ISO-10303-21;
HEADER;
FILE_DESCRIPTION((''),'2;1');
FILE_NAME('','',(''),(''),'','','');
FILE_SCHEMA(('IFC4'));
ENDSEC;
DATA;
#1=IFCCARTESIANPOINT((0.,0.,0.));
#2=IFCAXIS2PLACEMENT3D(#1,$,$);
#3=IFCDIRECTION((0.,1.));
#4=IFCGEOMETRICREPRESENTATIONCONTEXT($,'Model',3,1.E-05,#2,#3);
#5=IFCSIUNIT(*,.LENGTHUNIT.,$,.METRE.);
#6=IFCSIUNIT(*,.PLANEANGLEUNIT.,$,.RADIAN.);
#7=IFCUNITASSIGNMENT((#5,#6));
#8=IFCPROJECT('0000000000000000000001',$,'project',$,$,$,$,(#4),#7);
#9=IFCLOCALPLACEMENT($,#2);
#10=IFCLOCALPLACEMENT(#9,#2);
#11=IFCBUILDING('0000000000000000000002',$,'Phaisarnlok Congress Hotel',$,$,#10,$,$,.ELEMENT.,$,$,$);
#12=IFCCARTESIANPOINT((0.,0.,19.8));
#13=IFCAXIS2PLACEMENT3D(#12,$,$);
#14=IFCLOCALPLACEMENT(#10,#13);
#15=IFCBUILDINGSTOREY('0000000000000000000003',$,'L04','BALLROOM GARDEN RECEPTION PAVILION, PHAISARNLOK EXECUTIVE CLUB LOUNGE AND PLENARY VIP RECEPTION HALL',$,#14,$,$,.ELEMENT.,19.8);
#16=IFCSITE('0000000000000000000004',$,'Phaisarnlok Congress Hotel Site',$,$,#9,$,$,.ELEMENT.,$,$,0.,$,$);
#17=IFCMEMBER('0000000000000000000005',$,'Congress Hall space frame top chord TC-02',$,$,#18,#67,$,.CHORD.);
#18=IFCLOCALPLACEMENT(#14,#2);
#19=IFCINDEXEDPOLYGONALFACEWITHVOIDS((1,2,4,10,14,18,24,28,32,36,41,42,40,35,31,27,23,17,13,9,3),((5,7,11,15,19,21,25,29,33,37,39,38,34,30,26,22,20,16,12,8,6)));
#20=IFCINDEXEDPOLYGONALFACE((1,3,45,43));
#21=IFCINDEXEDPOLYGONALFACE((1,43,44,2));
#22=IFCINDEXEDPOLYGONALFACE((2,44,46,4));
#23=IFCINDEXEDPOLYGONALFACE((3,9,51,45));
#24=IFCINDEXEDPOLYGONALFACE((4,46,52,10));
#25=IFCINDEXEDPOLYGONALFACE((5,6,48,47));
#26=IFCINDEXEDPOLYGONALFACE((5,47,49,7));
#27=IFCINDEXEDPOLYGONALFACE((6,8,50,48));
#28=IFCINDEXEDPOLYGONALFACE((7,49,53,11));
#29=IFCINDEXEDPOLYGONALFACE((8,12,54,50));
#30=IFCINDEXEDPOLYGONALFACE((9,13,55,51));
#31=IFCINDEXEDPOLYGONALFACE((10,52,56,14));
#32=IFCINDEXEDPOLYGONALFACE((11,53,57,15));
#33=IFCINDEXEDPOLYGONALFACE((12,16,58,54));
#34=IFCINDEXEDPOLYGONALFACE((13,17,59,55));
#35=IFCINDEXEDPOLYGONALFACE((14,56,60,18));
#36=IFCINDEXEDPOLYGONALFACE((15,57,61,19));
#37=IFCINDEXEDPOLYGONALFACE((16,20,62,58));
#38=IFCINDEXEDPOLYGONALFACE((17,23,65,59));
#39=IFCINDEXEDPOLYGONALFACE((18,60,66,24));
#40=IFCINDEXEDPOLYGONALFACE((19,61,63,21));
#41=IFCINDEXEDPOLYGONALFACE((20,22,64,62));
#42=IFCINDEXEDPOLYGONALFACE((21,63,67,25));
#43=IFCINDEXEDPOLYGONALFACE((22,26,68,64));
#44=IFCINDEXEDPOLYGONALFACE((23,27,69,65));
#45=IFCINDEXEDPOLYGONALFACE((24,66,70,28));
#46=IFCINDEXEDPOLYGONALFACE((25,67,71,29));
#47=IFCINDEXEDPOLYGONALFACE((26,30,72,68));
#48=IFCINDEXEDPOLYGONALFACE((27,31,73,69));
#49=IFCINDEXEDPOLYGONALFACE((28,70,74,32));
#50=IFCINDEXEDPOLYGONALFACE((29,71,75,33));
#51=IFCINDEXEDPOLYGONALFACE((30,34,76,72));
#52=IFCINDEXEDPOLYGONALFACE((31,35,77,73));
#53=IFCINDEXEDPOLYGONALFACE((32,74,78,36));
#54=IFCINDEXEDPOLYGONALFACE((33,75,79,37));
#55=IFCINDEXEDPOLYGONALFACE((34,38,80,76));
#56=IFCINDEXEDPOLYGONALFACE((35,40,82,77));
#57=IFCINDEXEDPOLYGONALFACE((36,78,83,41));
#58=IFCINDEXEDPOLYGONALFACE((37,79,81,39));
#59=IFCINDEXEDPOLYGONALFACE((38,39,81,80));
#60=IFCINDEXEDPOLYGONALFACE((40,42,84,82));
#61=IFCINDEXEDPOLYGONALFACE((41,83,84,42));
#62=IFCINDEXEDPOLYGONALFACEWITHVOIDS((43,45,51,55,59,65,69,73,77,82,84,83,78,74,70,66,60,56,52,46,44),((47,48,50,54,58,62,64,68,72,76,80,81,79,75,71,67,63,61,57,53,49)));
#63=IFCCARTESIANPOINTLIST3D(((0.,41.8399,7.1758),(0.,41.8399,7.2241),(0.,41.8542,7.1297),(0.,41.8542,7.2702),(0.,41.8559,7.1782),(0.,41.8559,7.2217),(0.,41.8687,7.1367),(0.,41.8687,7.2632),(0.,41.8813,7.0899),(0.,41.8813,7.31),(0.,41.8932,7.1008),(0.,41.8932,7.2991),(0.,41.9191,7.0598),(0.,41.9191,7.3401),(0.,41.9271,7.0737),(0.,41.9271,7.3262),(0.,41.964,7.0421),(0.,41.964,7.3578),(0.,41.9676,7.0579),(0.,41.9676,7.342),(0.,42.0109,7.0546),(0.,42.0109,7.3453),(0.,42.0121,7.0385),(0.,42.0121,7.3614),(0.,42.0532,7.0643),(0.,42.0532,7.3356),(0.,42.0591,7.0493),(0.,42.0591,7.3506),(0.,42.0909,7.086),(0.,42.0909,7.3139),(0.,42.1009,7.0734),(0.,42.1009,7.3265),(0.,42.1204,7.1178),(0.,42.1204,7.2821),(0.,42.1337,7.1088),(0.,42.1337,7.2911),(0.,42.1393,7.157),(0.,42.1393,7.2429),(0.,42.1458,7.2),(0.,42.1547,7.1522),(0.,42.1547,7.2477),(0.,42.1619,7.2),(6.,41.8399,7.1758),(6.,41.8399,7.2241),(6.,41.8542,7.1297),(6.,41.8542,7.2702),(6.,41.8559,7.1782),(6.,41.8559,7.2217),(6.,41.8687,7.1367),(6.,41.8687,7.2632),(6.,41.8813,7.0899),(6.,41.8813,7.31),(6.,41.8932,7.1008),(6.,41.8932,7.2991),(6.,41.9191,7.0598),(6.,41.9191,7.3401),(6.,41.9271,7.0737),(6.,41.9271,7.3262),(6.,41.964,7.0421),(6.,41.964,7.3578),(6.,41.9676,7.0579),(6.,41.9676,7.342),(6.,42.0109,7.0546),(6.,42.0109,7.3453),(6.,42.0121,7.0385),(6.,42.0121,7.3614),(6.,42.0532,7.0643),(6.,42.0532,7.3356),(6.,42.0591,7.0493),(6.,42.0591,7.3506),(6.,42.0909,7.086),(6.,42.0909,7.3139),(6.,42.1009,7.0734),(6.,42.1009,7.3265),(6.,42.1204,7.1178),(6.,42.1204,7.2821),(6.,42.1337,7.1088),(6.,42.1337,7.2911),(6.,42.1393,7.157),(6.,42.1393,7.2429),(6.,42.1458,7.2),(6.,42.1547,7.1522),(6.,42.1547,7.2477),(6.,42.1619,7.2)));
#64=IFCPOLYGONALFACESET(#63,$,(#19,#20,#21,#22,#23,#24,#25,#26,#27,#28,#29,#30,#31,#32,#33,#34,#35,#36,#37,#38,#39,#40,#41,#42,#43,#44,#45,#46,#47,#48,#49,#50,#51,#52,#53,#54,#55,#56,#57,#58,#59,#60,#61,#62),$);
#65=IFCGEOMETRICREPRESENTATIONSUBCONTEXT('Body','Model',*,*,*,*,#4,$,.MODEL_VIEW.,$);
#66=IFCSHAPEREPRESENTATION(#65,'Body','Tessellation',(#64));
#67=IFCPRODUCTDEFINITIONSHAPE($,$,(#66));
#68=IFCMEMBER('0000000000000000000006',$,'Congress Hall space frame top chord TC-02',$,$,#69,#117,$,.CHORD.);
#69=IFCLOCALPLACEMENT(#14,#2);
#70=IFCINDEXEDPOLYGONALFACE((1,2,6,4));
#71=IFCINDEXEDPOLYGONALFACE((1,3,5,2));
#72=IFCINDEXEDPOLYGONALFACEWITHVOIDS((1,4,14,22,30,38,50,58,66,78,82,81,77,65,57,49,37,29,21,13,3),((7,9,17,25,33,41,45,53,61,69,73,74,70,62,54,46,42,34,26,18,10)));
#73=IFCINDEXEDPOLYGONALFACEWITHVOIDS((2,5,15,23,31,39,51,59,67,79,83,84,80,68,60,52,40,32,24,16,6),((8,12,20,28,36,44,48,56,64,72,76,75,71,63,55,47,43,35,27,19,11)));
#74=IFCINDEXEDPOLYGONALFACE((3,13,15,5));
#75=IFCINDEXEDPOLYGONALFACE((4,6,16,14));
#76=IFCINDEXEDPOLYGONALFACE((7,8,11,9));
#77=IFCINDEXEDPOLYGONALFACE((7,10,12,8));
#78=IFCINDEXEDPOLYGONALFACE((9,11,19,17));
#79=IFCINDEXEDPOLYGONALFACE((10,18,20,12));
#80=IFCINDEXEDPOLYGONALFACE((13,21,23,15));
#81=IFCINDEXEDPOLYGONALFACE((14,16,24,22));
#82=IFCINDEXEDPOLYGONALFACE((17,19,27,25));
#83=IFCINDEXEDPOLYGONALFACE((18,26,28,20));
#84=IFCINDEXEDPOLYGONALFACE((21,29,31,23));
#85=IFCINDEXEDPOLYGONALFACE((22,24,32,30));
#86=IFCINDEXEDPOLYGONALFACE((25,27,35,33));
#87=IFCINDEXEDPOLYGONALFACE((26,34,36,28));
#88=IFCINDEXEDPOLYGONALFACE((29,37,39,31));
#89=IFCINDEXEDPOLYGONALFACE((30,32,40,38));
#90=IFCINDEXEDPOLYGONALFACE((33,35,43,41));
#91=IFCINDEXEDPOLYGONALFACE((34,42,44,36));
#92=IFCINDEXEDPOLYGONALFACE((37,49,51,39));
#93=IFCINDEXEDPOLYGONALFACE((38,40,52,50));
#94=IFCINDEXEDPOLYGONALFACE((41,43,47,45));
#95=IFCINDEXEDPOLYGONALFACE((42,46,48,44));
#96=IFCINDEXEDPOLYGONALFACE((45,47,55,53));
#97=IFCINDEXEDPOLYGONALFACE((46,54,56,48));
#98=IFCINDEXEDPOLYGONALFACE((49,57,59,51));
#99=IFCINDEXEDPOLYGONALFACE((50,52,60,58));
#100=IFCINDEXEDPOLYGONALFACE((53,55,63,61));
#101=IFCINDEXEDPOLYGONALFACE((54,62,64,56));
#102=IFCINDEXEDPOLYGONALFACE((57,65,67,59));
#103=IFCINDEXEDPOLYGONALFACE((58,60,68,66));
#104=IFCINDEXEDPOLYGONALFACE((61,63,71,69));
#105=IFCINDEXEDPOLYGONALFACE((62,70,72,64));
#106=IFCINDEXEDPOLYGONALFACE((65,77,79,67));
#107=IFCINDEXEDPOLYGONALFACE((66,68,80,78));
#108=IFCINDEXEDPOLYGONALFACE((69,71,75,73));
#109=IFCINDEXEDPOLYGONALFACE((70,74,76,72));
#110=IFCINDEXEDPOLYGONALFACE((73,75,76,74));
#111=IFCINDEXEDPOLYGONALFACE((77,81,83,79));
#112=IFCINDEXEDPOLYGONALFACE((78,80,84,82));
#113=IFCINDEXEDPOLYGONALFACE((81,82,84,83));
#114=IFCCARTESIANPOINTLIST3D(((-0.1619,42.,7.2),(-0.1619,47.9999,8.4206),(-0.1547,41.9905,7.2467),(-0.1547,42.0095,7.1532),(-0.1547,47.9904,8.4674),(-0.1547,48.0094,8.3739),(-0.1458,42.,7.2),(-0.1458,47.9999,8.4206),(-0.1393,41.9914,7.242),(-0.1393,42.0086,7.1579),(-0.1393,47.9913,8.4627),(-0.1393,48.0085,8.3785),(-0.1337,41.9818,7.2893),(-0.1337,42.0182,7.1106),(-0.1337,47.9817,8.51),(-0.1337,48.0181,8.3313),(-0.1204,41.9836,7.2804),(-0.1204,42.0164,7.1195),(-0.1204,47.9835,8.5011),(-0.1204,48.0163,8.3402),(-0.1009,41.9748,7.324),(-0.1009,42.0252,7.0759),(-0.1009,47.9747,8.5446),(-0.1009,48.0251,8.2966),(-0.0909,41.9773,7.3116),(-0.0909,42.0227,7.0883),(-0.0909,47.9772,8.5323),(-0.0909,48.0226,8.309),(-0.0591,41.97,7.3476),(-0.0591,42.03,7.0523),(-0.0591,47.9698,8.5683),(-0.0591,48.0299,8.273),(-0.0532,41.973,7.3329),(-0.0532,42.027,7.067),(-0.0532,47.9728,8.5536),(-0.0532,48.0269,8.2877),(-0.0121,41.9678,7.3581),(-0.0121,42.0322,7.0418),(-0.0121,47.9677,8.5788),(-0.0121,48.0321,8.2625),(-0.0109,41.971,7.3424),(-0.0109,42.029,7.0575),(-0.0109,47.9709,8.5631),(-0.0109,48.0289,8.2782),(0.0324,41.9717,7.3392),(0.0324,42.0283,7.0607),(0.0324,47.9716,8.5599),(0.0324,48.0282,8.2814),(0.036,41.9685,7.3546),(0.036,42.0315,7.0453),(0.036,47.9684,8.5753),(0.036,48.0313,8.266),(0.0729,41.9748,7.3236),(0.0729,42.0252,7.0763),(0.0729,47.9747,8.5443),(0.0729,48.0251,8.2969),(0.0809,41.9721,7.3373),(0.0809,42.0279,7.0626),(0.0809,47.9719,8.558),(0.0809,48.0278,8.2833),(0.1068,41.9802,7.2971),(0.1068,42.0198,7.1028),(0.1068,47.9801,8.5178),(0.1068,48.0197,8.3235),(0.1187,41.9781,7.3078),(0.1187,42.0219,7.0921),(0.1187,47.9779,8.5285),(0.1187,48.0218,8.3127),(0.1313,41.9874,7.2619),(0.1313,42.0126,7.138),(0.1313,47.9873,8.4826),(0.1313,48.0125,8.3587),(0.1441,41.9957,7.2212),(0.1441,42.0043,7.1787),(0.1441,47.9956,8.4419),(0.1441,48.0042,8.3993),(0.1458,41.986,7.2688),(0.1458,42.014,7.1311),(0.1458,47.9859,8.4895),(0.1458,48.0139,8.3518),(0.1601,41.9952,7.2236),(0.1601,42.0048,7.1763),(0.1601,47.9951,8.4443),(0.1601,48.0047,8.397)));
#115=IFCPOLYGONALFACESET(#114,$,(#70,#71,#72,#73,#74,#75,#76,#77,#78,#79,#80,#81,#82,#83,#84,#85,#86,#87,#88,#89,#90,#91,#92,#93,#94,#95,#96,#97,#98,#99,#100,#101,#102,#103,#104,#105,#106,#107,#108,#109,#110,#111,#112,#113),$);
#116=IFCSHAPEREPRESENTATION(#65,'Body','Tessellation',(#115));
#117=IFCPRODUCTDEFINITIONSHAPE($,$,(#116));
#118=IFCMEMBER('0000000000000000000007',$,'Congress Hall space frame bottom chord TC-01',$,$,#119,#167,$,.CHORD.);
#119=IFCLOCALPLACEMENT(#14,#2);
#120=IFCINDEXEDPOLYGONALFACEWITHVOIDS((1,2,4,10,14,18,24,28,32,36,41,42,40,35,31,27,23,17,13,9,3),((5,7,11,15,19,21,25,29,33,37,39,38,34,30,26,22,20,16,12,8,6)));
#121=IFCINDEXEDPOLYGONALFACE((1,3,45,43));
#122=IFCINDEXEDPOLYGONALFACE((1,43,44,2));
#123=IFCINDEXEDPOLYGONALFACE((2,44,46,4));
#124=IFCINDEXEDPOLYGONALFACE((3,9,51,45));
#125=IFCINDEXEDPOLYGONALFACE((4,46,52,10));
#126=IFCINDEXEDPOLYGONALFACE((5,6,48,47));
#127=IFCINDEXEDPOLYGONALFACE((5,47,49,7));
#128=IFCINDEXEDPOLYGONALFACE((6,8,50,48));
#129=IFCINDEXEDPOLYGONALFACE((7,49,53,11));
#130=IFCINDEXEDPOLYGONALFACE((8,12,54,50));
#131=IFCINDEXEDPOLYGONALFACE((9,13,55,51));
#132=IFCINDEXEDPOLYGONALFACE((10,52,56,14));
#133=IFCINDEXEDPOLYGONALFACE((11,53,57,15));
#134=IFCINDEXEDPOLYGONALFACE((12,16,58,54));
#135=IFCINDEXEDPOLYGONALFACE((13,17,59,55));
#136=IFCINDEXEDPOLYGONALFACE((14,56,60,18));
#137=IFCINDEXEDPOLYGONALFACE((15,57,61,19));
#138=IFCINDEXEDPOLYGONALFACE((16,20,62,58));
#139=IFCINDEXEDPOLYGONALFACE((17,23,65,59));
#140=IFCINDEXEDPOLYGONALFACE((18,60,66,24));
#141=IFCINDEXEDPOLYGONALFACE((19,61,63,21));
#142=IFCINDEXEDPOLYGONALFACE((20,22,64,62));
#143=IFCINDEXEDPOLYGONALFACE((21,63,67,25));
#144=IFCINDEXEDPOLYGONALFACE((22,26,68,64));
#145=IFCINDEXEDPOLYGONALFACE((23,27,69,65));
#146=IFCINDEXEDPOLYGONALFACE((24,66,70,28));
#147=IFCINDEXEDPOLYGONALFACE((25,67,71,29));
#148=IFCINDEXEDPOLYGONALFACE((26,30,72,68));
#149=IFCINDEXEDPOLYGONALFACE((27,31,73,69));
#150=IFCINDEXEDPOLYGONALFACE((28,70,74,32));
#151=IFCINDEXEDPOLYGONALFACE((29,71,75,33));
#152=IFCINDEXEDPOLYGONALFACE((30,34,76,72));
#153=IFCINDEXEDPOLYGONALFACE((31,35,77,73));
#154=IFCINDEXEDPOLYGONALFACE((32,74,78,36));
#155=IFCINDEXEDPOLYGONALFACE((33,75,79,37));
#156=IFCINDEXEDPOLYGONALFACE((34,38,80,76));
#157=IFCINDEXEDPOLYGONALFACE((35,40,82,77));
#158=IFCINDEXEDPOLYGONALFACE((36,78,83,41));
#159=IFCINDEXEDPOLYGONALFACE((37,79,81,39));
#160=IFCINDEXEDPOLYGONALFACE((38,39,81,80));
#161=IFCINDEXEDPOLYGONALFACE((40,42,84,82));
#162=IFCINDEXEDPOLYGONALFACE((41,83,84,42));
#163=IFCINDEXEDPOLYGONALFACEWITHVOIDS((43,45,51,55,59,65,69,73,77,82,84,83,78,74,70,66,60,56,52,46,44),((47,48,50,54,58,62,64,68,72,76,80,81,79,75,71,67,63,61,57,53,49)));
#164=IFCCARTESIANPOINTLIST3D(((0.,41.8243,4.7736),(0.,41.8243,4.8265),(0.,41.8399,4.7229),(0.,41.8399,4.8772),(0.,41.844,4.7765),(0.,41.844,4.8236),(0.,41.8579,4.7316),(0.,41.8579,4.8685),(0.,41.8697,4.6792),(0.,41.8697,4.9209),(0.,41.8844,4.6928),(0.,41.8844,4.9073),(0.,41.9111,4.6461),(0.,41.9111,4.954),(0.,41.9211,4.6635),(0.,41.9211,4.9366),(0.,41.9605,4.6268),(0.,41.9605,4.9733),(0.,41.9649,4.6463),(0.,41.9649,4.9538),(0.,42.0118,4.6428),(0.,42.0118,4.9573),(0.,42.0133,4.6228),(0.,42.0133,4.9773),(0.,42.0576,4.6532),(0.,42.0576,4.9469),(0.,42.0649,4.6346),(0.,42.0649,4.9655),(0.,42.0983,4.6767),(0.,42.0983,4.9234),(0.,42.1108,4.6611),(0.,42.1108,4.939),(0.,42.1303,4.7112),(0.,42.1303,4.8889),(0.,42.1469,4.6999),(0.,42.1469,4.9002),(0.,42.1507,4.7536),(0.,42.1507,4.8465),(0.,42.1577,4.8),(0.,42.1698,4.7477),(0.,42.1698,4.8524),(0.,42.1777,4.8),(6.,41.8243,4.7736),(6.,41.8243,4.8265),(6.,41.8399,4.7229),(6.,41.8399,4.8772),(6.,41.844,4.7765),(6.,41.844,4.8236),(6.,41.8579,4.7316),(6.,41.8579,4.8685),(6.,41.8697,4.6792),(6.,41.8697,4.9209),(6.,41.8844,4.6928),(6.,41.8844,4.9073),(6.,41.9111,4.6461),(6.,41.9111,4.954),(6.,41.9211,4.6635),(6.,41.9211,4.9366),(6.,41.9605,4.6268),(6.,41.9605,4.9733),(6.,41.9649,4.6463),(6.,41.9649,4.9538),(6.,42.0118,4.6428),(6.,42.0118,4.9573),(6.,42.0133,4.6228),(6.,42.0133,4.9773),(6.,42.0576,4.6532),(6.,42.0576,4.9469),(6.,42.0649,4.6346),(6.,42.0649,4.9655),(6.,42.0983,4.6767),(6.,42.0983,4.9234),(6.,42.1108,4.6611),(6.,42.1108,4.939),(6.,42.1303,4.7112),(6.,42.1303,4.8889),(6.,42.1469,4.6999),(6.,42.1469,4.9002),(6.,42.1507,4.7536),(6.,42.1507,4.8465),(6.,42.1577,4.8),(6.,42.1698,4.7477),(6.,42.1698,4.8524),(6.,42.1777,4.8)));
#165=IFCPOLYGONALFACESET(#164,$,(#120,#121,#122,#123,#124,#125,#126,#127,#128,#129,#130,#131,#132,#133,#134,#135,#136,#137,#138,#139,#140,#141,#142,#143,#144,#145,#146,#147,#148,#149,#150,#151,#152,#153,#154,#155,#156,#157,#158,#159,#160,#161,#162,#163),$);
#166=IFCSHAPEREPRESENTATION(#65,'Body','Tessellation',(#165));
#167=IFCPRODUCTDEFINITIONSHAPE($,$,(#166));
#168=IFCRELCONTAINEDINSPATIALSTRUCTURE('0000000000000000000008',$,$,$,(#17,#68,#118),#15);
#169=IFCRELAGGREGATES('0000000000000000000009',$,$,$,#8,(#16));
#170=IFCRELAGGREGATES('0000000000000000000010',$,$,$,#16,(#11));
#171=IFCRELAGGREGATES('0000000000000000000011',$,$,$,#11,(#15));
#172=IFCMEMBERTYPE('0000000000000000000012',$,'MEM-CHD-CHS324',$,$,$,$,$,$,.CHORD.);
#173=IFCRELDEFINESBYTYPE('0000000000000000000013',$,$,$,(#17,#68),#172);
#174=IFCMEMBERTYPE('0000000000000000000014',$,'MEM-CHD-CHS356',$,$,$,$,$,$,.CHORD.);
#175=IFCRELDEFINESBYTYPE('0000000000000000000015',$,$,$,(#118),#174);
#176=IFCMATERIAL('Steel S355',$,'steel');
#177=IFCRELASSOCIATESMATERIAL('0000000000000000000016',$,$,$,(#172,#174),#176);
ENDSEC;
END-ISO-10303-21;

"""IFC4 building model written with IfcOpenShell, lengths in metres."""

from ifc_helpers import new_model, si_unit, direction, frame, origin, origin_2d, place, context, subcontext, project, spatial, hollow_circle, extrude, material, material_profile, profile_set, type_object, element, save


model = new_model("IFC4")

# Units and contexts
model_context = context("Model", 3, precision=1e-05, world=origin(), true_north=direction((0.0, 1.0)))
body_context = subcontext(model_context, "Body", "Model", "MODEL_VIEW")
ifc_project = project(units=[si_unit("LENGTHUNIT", "METRE"), si_unit("PLANEANGLEUNIT", "RADIAN")], contexts=[model_context])

# Site, building, storey
site_placement = place(None, origin())
site = spatial("IfcSite", under=ifc_project, at=site_placement, Name="Phaisarnlok Congress Hotel Site", CompositionType="ELEMENT", RefElevation=0.0)
building_placement = place(site_placement, origin())
building = spatial("IfcBuilding", under=site, at=building_placement, Name="Phaisarnlok Congress Hotel", CompositionType="ELEMENT")
storey_placement = place(building_placement, frame((0.0, 0.0, 19.8)))
storey = spatial("IfcBuildingStorey", under=building, at=storey_placement, Name="L04", Description="BALLROOM GARDEN RECEPTION PAVILION, PHAISARNLOK EXECUTIVE CLUB LOUNGE AND PLENARY VIP RECEPTION HALL", CompositionType="ELEMENT", Elevation=19.8)

# Members
ifc_material_1 = material(Name="Steel S355", Category="steel")
ifc_material_profile_1 = material_profile(ifc_material_1, hollow_circle(Radius=0.1619, WallThickness=0.0161, at=origin_2d()), Name="CHS 323.9x16")
ifc_profile_set_1 = profile_set([ifc_material_profile_1], Name="Steel S355")
member_type_1 = type_object("IfcMemberType", Name="MEM-CHD-CHS324", PredefinedType="CHORD", material=ifc_profile_set_1)
member_1_placement = place(storey_placement, frame((0.0, 42.0, 7.2), z_axis=(1.0, 0.0, 0.0), x_axis=(0.0, 1.0, 0.0)))
element("IfcMember", 1, at=member_1_placement, inside=storey, type_object=member_type_1, Name="Congress Hall space frame top chord TC-02", PredefinedType="CHORD", context=body_context, shape_type="SweptSolid", body=[
    extrude(hollow_circle(Radius=0.1619, WallThickness=0.0161, at=origin_2d()), origin(), (0.0, 0.0, 1.0), 6.0),
])
member_2_placement = place(storey_placement, frame((0.0, 42.0, 7.2), z_axis=(0.0, 0.979925, 0.199366), x_axis=(-1.0, 0.0, 0.0)))
element("IfcMember", 2, at=member_2_placement, inside=storey, type_object=member_type_1, Name="Congress Hall space frame top chord TC-02", PredefinedType="CHORD", context=body_context, shape_type="SweptSolid", body=[
    extrude(hollow_circle(Radius=0.1619, WallThickness=0.0161, at=origin_2d()), origin(), (0.0, 0.0, 1.0), 6.1228),
])
ifc_material_profile_2 = material_profile(ifc_material_1, hollow_circle(Radius=0.1777, WallThickness=0.02, at=origin_2d()), Name="CHS 355.6x20")
ifc_profile_set_2 = profile_set([ifc_material_profile_2], Name="Steel S355")
member_type_2 = type_object("IfcMemberType", Name="MEM-CHD-CHS356", PredefinedType="CHORD", material=ifc_profile_set_2)
member_3_placement = place(storey_placement, frame((0.0, 42.0, 4.8), z_axis=(1.0, 0.0, 0.0), x_axis=(0.0, 1.0, 0.0)))
element("IfcMember", 3, at=member_3_placement, inside=storey, type_object=member_type_2, Name="Congress Hall space frame bottom chord TC-01", PredefinedType="CHORD", context=body_context, shape_type="SweptSolid", body=[
    extrude(hollow_circle(Radius=0.1777, WallThickness=0.02, at=origin_2d()), origin(), (0.0, 0.0, 1.0), 6.0),
])

save(model, "model.ifc")
